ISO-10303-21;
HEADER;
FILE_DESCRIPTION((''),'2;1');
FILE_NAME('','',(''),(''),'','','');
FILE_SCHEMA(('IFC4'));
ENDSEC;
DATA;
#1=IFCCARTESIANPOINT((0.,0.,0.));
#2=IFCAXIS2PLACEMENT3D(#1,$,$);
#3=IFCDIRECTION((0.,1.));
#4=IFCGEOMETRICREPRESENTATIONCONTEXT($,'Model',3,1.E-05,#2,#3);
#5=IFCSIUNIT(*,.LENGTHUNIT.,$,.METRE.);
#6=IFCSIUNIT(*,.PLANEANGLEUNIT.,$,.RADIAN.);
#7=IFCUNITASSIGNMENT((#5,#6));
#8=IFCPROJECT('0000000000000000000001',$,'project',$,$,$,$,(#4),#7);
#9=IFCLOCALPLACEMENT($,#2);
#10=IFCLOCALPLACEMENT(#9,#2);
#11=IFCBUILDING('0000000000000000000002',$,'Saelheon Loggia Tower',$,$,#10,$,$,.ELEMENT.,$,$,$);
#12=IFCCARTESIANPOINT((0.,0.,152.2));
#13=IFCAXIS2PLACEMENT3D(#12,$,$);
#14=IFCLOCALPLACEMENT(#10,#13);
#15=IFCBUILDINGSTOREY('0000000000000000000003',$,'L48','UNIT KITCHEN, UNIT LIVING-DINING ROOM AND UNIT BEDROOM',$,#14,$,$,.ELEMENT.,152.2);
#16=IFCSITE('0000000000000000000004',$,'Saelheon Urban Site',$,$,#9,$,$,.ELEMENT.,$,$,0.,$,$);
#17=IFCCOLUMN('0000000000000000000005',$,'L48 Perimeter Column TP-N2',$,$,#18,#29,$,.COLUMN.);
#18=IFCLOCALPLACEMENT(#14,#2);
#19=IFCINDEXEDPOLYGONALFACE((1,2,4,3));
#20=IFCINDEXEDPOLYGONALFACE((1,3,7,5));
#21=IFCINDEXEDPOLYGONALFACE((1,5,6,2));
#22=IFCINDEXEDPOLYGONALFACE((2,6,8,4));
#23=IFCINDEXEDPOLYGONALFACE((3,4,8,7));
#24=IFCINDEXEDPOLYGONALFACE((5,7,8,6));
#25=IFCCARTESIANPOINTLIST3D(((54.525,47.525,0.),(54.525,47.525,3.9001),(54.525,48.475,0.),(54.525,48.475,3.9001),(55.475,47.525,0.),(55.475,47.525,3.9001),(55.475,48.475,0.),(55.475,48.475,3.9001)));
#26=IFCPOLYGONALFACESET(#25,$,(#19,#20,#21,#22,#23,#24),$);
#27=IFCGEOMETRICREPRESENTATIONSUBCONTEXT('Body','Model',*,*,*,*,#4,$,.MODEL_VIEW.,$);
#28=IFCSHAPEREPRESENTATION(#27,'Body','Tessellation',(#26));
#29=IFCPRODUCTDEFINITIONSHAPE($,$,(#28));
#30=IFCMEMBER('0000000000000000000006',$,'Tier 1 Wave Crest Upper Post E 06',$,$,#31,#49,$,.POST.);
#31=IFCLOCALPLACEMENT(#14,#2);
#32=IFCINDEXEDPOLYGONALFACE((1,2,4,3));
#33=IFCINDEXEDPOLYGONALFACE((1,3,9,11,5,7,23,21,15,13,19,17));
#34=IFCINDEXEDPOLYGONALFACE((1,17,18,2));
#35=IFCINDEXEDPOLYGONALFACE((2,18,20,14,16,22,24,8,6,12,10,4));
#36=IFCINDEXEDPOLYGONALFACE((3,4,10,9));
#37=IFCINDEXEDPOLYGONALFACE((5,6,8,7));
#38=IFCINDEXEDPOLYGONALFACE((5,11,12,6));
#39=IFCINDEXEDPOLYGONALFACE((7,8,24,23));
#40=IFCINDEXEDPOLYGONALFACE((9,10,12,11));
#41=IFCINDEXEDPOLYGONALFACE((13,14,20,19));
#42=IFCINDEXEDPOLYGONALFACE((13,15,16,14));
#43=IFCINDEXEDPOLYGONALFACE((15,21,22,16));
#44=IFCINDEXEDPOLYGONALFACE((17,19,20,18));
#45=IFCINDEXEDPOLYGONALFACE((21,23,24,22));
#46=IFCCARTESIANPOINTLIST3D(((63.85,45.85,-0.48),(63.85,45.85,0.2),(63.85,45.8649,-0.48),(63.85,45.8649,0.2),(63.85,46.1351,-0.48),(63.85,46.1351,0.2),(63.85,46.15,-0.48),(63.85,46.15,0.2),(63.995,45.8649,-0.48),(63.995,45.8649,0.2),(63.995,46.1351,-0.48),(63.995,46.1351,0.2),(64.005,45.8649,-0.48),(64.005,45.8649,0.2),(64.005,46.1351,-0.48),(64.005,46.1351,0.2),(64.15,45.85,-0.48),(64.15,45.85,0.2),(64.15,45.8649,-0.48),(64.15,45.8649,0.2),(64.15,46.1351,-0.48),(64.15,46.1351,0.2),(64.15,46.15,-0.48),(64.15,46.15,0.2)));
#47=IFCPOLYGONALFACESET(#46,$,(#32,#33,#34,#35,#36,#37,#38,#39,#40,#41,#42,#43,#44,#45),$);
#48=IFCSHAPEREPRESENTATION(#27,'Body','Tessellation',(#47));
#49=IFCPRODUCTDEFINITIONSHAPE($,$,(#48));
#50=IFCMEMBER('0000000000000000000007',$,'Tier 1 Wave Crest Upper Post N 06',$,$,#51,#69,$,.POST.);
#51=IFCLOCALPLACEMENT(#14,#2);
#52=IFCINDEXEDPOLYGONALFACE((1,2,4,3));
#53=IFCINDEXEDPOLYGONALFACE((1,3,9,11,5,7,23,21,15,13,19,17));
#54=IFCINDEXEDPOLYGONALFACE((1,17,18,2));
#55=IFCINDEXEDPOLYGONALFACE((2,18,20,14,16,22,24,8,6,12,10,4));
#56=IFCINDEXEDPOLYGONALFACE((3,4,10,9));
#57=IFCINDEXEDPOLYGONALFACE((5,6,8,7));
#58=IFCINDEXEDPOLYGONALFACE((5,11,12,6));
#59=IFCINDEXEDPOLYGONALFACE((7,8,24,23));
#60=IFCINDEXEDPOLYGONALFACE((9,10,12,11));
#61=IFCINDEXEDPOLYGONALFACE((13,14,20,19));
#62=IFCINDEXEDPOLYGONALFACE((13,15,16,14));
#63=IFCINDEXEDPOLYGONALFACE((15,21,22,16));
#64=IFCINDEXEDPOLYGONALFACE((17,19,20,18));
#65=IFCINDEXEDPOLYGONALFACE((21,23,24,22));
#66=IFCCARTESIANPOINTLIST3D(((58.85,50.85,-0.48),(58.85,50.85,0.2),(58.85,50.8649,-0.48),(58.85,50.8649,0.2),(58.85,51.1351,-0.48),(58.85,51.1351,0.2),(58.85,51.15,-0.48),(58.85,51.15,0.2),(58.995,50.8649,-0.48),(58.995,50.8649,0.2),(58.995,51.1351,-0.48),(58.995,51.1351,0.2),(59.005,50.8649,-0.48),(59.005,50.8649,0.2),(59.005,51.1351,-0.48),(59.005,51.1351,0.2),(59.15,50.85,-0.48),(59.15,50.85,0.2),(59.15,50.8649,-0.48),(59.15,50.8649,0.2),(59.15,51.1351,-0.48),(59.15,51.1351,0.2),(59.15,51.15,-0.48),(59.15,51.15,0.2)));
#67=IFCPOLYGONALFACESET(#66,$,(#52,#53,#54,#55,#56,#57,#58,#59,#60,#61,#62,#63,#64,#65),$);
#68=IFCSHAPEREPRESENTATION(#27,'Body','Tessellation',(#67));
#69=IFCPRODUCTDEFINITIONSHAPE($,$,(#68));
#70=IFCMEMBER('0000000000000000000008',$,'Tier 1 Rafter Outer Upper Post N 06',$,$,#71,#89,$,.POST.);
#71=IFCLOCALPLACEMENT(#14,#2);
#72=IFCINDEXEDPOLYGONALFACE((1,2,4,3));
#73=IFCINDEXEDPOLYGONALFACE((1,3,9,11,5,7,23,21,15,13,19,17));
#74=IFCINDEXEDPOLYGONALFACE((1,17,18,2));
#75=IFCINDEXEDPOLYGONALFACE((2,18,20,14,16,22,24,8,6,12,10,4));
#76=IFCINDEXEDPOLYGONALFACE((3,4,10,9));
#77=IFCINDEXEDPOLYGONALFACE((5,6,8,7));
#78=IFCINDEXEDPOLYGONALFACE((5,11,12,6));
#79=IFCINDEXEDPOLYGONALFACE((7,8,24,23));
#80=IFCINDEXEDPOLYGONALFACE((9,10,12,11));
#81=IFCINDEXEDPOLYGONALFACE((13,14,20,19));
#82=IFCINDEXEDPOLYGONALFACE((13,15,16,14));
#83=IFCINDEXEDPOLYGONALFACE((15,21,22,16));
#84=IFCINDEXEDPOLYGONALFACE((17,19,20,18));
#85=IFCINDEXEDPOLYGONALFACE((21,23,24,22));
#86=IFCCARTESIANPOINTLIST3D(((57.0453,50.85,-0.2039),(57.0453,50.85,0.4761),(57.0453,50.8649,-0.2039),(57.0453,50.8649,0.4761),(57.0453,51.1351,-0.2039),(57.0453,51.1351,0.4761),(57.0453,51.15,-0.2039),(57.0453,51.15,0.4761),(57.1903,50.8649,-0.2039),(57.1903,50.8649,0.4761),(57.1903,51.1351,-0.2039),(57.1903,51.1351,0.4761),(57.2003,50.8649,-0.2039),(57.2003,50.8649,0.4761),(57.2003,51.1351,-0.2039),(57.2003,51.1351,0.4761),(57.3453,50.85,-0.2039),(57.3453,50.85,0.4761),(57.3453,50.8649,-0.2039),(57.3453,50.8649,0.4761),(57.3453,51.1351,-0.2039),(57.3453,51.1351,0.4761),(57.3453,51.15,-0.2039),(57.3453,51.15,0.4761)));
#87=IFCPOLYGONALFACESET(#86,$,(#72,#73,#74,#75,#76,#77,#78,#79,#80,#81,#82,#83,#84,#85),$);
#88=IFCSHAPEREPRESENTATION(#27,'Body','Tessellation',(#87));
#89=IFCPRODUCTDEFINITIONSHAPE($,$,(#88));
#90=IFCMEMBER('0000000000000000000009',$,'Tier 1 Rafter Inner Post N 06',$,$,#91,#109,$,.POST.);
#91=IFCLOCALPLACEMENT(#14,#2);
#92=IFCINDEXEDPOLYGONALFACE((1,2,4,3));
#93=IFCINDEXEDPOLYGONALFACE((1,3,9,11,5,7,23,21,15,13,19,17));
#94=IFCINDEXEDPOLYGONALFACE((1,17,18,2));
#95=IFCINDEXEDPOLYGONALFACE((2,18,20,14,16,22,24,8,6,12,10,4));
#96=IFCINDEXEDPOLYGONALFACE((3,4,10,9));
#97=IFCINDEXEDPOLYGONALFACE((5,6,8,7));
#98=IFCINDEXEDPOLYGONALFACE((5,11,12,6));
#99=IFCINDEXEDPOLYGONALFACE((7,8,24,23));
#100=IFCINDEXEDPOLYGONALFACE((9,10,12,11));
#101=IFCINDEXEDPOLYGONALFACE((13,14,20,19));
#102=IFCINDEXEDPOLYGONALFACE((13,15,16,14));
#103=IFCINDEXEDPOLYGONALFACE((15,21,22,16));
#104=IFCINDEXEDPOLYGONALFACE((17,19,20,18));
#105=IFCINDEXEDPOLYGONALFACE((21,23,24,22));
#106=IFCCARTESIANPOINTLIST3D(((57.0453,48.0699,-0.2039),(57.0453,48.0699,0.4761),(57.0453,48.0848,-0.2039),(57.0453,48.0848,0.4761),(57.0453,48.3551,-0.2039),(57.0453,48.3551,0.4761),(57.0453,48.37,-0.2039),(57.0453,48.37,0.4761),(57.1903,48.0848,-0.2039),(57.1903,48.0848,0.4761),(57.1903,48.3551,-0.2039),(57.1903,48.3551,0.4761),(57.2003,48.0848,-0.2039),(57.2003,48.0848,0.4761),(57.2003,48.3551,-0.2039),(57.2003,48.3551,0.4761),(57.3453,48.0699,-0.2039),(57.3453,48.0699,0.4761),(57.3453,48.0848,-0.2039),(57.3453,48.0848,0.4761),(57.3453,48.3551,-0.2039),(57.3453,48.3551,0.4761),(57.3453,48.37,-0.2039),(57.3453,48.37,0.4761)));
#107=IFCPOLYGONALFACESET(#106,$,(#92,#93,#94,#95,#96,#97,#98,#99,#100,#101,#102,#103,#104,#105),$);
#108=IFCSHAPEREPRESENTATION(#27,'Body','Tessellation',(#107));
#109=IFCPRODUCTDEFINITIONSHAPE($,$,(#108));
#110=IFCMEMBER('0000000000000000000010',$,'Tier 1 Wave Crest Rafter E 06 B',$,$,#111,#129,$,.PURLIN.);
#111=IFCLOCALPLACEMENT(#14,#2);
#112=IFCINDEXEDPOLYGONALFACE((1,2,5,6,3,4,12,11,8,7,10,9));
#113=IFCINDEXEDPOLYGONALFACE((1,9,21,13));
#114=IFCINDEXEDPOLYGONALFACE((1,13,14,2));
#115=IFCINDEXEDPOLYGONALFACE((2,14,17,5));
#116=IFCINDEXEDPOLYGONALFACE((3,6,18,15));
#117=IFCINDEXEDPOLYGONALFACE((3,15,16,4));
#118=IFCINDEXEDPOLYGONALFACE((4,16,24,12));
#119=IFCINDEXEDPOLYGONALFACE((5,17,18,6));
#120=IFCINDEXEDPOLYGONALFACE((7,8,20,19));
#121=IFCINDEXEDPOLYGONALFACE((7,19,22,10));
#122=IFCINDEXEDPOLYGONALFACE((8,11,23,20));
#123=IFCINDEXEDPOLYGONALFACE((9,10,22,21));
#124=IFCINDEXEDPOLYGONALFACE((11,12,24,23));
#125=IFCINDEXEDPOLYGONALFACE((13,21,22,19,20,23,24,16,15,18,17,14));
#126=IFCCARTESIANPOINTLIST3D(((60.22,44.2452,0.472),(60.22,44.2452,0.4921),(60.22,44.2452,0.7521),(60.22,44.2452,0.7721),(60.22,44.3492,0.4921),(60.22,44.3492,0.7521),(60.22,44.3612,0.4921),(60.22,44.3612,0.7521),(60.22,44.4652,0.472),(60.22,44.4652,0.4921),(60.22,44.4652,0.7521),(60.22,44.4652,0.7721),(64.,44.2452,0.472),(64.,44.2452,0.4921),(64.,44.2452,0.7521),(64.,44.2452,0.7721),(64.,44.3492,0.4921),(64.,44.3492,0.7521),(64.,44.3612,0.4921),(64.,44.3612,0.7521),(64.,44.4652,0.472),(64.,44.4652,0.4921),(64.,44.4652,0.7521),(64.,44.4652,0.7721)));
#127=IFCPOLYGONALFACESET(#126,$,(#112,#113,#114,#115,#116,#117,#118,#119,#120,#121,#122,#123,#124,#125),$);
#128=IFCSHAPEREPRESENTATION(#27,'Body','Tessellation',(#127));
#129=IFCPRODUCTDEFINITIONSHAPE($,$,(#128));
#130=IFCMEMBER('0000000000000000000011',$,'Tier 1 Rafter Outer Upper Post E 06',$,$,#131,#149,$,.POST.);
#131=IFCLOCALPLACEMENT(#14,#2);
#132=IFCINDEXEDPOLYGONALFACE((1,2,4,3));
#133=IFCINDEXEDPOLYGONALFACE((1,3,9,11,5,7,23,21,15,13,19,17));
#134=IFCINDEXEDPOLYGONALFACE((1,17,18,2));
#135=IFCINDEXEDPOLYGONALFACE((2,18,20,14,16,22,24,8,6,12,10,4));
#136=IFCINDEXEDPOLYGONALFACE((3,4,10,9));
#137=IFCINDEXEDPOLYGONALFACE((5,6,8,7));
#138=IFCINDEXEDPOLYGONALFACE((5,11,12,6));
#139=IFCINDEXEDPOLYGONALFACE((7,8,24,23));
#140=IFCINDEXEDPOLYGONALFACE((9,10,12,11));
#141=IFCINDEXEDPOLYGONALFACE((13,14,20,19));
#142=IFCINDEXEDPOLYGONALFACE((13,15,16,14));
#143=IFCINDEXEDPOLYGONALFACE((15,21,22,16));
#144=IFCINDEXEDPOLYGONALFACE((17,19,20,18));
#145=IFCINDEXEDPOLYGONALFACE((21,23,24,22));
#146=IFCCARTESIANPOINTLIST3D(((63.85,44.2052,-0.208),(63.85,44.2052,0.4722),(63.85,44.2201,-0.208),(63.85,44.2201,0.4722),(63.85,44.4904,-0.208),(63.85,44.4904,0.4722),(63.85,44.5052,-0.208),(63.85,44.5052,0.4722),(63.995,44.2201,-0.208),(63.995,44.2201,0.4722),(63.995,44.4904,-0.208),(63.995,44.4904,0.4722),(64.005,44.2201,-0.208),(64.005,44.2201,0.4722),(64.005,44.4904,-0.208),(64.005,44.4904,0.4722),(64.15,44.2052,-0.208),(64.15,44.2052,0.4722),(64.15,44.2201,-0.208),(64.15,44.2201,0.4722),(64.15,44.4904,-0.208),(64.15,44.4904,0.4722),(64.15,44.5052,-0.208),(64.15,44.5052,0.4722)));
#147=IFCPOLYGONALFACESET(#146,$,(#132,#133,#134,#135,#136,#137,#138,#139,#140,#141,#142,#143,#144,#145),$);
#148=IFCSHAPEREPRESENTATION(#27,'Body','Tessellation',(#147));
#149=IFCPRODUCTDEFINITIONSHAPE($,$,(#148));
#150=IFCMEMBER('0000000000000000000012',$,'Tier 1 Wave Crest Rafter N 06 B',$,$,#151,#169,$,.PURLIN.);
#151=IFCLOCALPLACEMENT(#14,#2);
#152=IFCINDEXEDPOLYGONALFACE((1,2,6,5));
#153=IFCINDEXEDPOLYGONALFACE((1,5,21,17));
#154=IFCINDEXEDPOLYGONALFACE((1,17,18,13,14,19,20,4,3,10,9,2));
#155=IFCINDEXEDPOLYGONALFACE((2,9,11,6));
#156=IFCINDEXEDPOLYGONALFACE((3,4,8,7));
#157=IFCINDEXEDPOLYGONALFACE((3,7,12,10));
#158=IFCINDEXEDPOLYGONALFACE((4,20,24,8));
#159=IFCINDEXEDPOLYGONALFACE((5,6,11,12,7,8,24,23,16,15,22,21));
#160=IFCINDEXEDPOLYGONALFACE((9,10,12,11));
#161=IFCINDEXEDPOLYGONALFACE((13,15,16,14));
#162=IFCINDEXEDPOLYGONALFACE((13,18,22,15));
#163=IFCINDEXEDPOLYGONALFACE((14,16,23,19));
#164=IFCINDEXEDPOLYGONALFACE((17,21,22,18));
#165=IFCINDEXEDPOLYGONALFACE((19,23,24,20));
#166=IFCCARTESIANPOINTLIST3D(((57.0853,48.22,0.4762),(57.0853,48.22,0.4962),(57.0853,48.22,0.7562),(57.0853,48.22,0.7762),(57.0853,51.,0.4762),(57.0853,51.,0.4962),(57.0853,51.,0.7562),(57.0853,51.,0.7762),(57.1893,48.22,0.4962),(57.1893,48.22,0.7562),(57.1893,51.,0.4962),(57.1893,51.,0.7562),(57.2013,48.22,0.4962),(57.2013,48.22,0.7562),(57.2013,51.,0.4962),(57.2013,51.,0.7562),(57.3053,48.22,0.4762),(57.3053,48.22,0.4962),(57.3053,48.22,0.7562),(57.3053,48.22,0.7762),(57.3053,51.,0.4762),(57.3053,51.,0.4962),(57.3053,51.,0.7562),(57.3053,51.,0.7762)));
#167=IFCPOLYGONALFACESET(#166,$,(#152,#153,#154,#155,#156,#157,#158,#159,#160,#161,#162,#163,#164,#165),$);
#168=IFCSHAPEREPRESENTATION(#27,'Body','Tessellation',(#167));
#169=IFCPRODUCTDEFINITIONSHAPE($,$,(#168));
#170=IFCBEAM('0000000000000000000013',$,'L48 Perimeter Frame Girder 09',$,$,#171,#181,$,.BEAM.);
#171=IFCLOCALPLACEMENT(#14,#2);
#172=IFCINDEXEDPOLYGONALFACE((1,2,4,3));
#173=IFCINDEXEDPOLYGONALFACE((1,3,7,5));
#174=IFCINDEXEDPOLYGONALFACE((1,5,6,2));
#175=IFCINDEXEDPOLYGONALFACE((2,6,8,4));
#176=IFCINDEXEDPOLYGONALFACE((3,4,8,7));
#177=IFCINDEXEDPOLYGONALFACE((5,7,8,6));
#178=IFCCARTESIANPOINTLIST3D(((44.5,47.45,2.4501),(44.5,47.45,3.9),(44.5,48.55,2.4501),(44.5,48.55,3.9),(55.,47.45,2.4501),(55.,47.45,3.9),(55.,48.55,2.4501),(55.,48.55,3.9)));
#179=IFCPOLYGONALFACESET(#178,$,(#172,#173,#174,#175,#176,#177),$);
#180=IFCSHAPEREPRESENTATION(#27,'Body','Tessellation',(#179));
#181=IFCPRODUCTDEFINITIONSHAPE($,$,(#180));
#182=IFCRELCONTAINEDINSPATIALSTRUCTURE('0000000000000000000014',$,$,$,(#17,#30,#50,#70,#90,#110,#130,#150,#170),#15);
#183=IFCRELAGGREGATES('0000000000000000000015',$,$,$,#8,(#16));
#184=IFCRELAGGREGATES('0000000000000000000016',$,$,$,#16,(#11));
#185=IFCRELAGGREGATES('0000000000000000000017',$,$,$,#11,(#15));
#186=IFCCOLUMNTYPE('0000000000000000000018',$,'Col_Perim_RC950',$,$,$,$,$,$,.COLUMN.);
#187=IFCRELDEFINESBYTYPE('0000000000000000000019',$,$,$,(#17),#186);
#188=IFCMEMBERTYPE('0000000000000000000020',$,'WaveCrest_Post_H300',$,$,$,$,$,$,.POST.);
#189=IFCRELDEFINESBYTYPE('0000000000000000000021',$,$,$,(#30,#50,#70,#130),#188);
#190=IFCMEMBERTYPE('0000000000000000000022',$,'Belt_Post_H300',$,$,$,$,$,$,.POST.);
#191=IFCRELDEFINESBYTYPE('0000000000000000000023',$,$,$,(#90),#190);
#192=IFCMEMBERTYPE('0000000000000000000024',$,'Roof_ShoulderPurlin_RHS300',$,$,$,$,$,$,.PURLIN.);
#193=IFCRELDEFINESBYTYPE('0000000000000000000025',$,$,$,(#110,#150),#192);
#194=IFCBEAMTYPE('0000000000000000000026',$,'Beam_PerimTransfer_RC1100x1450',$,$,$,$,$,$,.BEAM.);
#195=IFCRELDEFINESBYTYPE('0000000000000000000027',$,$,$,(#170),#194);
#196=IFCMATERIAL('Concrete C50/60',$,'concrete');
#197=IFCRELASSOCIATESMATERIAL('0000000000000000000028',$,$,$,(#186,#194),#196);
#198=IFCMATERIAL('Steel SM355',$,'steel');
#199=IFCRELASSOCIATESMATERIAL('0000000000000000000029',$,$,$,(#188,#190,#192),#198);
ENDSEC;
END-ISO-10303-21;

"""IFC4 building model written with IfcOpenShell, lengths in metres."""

from ifc_helpers import new_model, si_unit, direction, frame, origin, origin_2d, place, context, subcontext, project, spatial, rectangle, i_section, extrude, source, transform, mapped, material, material_profile, profile_set, type_object, element, save


model = new_model("IFC4")

# Units and contexts
model_context = context("Model", 3, precision=1e-05, world=origin(), true_north=direction((0.0, 1.0)))
body_context = subcontext(model_context, "Body", "Model", "MODEL_VIEW")
ifc_project = project(units=[si_unit("LENGTHUNIT", "METRE"), si_unit("PLANEANGLEUNIT", "RADIAN")], contexts=[model_context])

# Site, building, storey
site_placement = place(None, origin())
site = spatial("IfcSite", under=ifc_project, at=site_placement, Name="Saelheon Urban Site", CompositionType="ELEMENT", RefElevation=0.0)
building_placement = place(site_placement, origin())
building = spatial("IfcBuilding", under=site, at=building_placement, Name="Saelheon Loggia Tower", CompositionType="ELEMENT")
storey_placement = place(building_placement, frame((0.0, 0.0, 152.2)))
storey = spatial("IfcBuildingStorey", under=building, at=storey_placement, Name="L48", Description="UNIT KITCHEN, UNIT LIVING-DINING ROOM AND UNIT BEDROOM", CompositionType="ELEMENT", Elevation=152.2)

# Column
ifc_material_1 = material(Name="Concrete C50/60", Category="concrete")
ifc_material_profile_1 = material_profile(ifc_material_1, rectangle(XDim=0.95, YDim=0.95, at=origin_2d()), Name="RC-950x950")
ifc_profile_set_1 = profile_set([ifc_material_profile_1], Name="Concrete C50/60")
column_type = type_object("IfcColumnType", Name="Col_Perim_RC950", PredefinedType="COLUMN", material=ifc_profile_set_1)
shared_shape_1 = source(origin(), body_context, "Body", "SweptSolid", [
    extrude(rectangle(XDim=0.95, YDim=0.95, at=origin_2d()), origin(), (0.0, 0.0, 1.0), 3.9001),
])
column_placement = place(storey_placement, frame((55.0, 48.0, 0.0), z_axis=(0.0, 0.0, 1.0), x_axis=(1.0, 0.0, 0.0)))
element("IfcColumn", 1, at=column_placement, inside=storey, type_object=column_type, Name="L48 Perimeter Column TP-N2", PredefinedType="COLUMN", context=body_context, shape_type="MappedRepresentation", body=[
    mapped(shared_shape_1, transform((0.0, 0.0, 0.0), scale=1.0)),
])

# Members
ifc_material_2 = material(Name="Steel SM355", Category="steel")
ifc_material_profile_2 = material_profile(ifc_material_2, i_section(OverallWidth=0.3, OverallDepth=0.3, WebThickness=0.01, FlangeThickness=0.0149, at=origin_2d()), Name="H-300x300x10x15")
ifc_profile_set_2 = profile_set([ifc_material_profile_2], Name="Steel SM355")
member_type_1 = type_object("IfcMemberType", Name="WaveCrest_Post_H300", PredefinedType="POST", material=ifc_profile_set_2)
shared_shape_2 = source(origin(), body_context, "Body", "SweptSolid", [
    extrude(i_section(OverallWidth=0.3, OverallDepth=0.3, WebThickness=0.01, FlangeThickness=0.0149, at=origin_2d()), origin(), (0.0, 0.0, 1.0), 0.6799),
])
for number, where, z_axis, x_axis, name in (
    (2, (64.0, 46.0, -0.48), (0.0, 0.0, 1.0), (1.0, 0.0, 0.0), "Tier 1 Wave Crest Upper Post E 06"),
    (3, (59.0, 51.0, -0.48), (0.0, 0.0, 1.0), (1.0, 0.0, 0.0), "Tier 1 Wave Crest Upper Post N 06"),
    (4, (57.1953, 51.0, -0.2039), (0.0, 0.0, 1.0), (1.0, 0.0, 0.0), "Tier 1 Rafter Outer Upper Post N 06"),
):
    element("IfcMember", number, at=place(storey_placement, frame(where, z_axis=z_axis, x_axis=x_axis)), inside=storey, type_object=member_type_1, Name=name, PredefinedType="POST", context=body_context, shape_type="MappedRepresentation", body=[
        mapped(shared_shape_2, transform((0.0, 0.0, 0.0), scale=1.0)),
    ])
ifc_material_profile_3 = material_profile(ifc_material_2, i_section(OverallWidth=0.3, OverallDepth=0.3, WebThickness=0.01, FlangeThickness=0.0149, at=origin_2d()), Name="H-300x300x10x15")
ifc_profile_set_3 = profile_set([ifc_material_profile_3], Name="Steel SM355")
member_type_2 = type_object("IfcMemberType", Name="Belt_Post_H300", PredefinedType="POST", material=ifc_profile_set_3)
member_1_placement = place(storey_placement, frame((57.1953, 48.22, -0.2039), z_axis=(0.0, 0.0, 1.0), x_axis=(1.0, 0.0, 0.0)))
element("IfcMember", 5, at=member_1_placement, inside=storey, type_object=member_type_2, Name="Tier 1 Rafter Inner Post N 06", PredefinedType="POST", context=body_context, shape_type="MappedRepresentation", body=[
    mapped(shared_shape_2, transform((0.0, 0.0, 0.0), scale=1.0)),
])
ifc_material_profile_4 = material_profile(ifc_material_2, i_section(OverallWidth=0.22, OverallDepth=0.3, WebThickness=0.012, FlangeThickness=0.02, at=origin_2d()), Name="H-300x220x12x20")
ifc_profile_set_4 = profile_set([ifc_material_profile_4], Name="Steel SM355")
member_type_3 = type_object("IfcMemberType", Name="Roof_ShoulderPurlin_RHS300", PredefinedType="PURLIN", material=ifc_profile_set_4)
shared_shape_3 = source(origin(), body_context, "Body", "SweptSolid", [
    extrude(i_section(OverallWidth=0.22, OverallDepth=0.3, WebThickness=0.012, FlangeThickness=0.02, at=origin_2d()), origin(), (0.0, 0.0, 1.0), 3.78),
])
member_2_placement = place(storey_placement, frame((64.0, 44.3552, 0.6221), z_axis=(-1.0, 0.0, 0.0), x_axis=(0.0, -1.0, 0.0)))
element("IfcMember", 6, at=member_2_placement, inside=storey, type_object=member_type_3, Name="Tier 1 Wave Crest Rafter E 06 B", PredefinedType="PURLIN", context=body_context, shape_type="MappedRepresentation", body=[
    mapped(shared_shape_3, transform((0.0, 0.0, 0.0), scale=1.0)),
])
shared_shape_4 = source(origin(), body_context, "Body", "SweptSolid", [
    extrude(i_section(OverallWidth=0.3, OverallDepth=0.3, WebThickness=0.01, FlangeThickness=0.0149, at=origin_2d()), origin(), (0.0, 0.0, 1.0), 0.6802),
])
member_3_placement = place(storey_placement, frame((64.0, 44.3552, -0.208), z_axis=(0.0, 0.0, 1.0), x_axis=(1.0, 0.0, 0.0)))
element("IfcMember", 7, at=member_3_placement, inside=storey, type_object=member_type_1, Name="Tier 1 Rafter Outer Upper Post E 06", PredefinedType="POST", context=body_context, shape_type="MappedRepresentation", body=[
    mapped(shared_shape_4, transform((0.0, 0.0, 0.0), scale=1.0)),
])
shared_shape_5 = source(origin(), body_context, "Body", "SweptSolid", [
    extrude(i_section(OverallWidth=0.22, OverallDepth=0.3, WebThickness=0.012, FlangeThickness=0.02, at=origin_2d()), origin(), (0.0, 0.0, 1.0), 2.78),
])
member_4_placement = place(storey_placement, frame((57.1953, 51.0, 0.6262), z_axis=(0.0, -1.0, 0.0), x_axis=(1.0, 0.0, 0.0)))
element("IfcMember", 8, at=member_4_placement, inside=storey, type_object=member_type_3, Name="Tier 1 Wave Crest Rafter N 06 B", PredefinedType="PURLIN", context=body_context, shape_type="MappedRepresentation", body=[
    mapped(shared_shape_5, transform((0.0, 0.0, 0.0), scale=1.0)),
])

# Beam
ifc_material_profile_5 = material_profile(ifc_material_1, rectangle(XDim=1.1001, YDim=1.45, at=origin_2d()), Name="RC-1100x1450")
ifc_profile_set_5 = profile_set([ifc_material_profile_5], Name="Concrete C50/60")
beam_type = type_object("IfcBeamType", Name="Beam_PerimTransfer_RC1100x1450", PredefinedType="BEAM", material=ifc_profile_set_5)
shared_shape_6 = source(origin(), body_context, "Body", "SweptSolid", [
    extrude(rectangle(XDim=1.1001, YDim=1.45, at=origin_2d()), origin(), (0.0, 0.0, 1.0), 10.5),
])
beam_placement = place(storey_placement, frame((55.0, 48.0, 3.175), z_axis=(-1.0, 0.0, 0.0), x_axis=(0.0, -1.0, 0.0)))
element("IfcBeam", 9, at=beam_placement, inside=storey, type_object=beam_type, Name="L48 Perimeter Frame Girder 09", PredefinedType="BEAM", context=body_context, shape_type="MappedRepresentation", body=[
    mapped(shared_shape_6, transform((0.0, 0.0, 0.0), scale=1.0)),
])

save(model, "model.ifc")
